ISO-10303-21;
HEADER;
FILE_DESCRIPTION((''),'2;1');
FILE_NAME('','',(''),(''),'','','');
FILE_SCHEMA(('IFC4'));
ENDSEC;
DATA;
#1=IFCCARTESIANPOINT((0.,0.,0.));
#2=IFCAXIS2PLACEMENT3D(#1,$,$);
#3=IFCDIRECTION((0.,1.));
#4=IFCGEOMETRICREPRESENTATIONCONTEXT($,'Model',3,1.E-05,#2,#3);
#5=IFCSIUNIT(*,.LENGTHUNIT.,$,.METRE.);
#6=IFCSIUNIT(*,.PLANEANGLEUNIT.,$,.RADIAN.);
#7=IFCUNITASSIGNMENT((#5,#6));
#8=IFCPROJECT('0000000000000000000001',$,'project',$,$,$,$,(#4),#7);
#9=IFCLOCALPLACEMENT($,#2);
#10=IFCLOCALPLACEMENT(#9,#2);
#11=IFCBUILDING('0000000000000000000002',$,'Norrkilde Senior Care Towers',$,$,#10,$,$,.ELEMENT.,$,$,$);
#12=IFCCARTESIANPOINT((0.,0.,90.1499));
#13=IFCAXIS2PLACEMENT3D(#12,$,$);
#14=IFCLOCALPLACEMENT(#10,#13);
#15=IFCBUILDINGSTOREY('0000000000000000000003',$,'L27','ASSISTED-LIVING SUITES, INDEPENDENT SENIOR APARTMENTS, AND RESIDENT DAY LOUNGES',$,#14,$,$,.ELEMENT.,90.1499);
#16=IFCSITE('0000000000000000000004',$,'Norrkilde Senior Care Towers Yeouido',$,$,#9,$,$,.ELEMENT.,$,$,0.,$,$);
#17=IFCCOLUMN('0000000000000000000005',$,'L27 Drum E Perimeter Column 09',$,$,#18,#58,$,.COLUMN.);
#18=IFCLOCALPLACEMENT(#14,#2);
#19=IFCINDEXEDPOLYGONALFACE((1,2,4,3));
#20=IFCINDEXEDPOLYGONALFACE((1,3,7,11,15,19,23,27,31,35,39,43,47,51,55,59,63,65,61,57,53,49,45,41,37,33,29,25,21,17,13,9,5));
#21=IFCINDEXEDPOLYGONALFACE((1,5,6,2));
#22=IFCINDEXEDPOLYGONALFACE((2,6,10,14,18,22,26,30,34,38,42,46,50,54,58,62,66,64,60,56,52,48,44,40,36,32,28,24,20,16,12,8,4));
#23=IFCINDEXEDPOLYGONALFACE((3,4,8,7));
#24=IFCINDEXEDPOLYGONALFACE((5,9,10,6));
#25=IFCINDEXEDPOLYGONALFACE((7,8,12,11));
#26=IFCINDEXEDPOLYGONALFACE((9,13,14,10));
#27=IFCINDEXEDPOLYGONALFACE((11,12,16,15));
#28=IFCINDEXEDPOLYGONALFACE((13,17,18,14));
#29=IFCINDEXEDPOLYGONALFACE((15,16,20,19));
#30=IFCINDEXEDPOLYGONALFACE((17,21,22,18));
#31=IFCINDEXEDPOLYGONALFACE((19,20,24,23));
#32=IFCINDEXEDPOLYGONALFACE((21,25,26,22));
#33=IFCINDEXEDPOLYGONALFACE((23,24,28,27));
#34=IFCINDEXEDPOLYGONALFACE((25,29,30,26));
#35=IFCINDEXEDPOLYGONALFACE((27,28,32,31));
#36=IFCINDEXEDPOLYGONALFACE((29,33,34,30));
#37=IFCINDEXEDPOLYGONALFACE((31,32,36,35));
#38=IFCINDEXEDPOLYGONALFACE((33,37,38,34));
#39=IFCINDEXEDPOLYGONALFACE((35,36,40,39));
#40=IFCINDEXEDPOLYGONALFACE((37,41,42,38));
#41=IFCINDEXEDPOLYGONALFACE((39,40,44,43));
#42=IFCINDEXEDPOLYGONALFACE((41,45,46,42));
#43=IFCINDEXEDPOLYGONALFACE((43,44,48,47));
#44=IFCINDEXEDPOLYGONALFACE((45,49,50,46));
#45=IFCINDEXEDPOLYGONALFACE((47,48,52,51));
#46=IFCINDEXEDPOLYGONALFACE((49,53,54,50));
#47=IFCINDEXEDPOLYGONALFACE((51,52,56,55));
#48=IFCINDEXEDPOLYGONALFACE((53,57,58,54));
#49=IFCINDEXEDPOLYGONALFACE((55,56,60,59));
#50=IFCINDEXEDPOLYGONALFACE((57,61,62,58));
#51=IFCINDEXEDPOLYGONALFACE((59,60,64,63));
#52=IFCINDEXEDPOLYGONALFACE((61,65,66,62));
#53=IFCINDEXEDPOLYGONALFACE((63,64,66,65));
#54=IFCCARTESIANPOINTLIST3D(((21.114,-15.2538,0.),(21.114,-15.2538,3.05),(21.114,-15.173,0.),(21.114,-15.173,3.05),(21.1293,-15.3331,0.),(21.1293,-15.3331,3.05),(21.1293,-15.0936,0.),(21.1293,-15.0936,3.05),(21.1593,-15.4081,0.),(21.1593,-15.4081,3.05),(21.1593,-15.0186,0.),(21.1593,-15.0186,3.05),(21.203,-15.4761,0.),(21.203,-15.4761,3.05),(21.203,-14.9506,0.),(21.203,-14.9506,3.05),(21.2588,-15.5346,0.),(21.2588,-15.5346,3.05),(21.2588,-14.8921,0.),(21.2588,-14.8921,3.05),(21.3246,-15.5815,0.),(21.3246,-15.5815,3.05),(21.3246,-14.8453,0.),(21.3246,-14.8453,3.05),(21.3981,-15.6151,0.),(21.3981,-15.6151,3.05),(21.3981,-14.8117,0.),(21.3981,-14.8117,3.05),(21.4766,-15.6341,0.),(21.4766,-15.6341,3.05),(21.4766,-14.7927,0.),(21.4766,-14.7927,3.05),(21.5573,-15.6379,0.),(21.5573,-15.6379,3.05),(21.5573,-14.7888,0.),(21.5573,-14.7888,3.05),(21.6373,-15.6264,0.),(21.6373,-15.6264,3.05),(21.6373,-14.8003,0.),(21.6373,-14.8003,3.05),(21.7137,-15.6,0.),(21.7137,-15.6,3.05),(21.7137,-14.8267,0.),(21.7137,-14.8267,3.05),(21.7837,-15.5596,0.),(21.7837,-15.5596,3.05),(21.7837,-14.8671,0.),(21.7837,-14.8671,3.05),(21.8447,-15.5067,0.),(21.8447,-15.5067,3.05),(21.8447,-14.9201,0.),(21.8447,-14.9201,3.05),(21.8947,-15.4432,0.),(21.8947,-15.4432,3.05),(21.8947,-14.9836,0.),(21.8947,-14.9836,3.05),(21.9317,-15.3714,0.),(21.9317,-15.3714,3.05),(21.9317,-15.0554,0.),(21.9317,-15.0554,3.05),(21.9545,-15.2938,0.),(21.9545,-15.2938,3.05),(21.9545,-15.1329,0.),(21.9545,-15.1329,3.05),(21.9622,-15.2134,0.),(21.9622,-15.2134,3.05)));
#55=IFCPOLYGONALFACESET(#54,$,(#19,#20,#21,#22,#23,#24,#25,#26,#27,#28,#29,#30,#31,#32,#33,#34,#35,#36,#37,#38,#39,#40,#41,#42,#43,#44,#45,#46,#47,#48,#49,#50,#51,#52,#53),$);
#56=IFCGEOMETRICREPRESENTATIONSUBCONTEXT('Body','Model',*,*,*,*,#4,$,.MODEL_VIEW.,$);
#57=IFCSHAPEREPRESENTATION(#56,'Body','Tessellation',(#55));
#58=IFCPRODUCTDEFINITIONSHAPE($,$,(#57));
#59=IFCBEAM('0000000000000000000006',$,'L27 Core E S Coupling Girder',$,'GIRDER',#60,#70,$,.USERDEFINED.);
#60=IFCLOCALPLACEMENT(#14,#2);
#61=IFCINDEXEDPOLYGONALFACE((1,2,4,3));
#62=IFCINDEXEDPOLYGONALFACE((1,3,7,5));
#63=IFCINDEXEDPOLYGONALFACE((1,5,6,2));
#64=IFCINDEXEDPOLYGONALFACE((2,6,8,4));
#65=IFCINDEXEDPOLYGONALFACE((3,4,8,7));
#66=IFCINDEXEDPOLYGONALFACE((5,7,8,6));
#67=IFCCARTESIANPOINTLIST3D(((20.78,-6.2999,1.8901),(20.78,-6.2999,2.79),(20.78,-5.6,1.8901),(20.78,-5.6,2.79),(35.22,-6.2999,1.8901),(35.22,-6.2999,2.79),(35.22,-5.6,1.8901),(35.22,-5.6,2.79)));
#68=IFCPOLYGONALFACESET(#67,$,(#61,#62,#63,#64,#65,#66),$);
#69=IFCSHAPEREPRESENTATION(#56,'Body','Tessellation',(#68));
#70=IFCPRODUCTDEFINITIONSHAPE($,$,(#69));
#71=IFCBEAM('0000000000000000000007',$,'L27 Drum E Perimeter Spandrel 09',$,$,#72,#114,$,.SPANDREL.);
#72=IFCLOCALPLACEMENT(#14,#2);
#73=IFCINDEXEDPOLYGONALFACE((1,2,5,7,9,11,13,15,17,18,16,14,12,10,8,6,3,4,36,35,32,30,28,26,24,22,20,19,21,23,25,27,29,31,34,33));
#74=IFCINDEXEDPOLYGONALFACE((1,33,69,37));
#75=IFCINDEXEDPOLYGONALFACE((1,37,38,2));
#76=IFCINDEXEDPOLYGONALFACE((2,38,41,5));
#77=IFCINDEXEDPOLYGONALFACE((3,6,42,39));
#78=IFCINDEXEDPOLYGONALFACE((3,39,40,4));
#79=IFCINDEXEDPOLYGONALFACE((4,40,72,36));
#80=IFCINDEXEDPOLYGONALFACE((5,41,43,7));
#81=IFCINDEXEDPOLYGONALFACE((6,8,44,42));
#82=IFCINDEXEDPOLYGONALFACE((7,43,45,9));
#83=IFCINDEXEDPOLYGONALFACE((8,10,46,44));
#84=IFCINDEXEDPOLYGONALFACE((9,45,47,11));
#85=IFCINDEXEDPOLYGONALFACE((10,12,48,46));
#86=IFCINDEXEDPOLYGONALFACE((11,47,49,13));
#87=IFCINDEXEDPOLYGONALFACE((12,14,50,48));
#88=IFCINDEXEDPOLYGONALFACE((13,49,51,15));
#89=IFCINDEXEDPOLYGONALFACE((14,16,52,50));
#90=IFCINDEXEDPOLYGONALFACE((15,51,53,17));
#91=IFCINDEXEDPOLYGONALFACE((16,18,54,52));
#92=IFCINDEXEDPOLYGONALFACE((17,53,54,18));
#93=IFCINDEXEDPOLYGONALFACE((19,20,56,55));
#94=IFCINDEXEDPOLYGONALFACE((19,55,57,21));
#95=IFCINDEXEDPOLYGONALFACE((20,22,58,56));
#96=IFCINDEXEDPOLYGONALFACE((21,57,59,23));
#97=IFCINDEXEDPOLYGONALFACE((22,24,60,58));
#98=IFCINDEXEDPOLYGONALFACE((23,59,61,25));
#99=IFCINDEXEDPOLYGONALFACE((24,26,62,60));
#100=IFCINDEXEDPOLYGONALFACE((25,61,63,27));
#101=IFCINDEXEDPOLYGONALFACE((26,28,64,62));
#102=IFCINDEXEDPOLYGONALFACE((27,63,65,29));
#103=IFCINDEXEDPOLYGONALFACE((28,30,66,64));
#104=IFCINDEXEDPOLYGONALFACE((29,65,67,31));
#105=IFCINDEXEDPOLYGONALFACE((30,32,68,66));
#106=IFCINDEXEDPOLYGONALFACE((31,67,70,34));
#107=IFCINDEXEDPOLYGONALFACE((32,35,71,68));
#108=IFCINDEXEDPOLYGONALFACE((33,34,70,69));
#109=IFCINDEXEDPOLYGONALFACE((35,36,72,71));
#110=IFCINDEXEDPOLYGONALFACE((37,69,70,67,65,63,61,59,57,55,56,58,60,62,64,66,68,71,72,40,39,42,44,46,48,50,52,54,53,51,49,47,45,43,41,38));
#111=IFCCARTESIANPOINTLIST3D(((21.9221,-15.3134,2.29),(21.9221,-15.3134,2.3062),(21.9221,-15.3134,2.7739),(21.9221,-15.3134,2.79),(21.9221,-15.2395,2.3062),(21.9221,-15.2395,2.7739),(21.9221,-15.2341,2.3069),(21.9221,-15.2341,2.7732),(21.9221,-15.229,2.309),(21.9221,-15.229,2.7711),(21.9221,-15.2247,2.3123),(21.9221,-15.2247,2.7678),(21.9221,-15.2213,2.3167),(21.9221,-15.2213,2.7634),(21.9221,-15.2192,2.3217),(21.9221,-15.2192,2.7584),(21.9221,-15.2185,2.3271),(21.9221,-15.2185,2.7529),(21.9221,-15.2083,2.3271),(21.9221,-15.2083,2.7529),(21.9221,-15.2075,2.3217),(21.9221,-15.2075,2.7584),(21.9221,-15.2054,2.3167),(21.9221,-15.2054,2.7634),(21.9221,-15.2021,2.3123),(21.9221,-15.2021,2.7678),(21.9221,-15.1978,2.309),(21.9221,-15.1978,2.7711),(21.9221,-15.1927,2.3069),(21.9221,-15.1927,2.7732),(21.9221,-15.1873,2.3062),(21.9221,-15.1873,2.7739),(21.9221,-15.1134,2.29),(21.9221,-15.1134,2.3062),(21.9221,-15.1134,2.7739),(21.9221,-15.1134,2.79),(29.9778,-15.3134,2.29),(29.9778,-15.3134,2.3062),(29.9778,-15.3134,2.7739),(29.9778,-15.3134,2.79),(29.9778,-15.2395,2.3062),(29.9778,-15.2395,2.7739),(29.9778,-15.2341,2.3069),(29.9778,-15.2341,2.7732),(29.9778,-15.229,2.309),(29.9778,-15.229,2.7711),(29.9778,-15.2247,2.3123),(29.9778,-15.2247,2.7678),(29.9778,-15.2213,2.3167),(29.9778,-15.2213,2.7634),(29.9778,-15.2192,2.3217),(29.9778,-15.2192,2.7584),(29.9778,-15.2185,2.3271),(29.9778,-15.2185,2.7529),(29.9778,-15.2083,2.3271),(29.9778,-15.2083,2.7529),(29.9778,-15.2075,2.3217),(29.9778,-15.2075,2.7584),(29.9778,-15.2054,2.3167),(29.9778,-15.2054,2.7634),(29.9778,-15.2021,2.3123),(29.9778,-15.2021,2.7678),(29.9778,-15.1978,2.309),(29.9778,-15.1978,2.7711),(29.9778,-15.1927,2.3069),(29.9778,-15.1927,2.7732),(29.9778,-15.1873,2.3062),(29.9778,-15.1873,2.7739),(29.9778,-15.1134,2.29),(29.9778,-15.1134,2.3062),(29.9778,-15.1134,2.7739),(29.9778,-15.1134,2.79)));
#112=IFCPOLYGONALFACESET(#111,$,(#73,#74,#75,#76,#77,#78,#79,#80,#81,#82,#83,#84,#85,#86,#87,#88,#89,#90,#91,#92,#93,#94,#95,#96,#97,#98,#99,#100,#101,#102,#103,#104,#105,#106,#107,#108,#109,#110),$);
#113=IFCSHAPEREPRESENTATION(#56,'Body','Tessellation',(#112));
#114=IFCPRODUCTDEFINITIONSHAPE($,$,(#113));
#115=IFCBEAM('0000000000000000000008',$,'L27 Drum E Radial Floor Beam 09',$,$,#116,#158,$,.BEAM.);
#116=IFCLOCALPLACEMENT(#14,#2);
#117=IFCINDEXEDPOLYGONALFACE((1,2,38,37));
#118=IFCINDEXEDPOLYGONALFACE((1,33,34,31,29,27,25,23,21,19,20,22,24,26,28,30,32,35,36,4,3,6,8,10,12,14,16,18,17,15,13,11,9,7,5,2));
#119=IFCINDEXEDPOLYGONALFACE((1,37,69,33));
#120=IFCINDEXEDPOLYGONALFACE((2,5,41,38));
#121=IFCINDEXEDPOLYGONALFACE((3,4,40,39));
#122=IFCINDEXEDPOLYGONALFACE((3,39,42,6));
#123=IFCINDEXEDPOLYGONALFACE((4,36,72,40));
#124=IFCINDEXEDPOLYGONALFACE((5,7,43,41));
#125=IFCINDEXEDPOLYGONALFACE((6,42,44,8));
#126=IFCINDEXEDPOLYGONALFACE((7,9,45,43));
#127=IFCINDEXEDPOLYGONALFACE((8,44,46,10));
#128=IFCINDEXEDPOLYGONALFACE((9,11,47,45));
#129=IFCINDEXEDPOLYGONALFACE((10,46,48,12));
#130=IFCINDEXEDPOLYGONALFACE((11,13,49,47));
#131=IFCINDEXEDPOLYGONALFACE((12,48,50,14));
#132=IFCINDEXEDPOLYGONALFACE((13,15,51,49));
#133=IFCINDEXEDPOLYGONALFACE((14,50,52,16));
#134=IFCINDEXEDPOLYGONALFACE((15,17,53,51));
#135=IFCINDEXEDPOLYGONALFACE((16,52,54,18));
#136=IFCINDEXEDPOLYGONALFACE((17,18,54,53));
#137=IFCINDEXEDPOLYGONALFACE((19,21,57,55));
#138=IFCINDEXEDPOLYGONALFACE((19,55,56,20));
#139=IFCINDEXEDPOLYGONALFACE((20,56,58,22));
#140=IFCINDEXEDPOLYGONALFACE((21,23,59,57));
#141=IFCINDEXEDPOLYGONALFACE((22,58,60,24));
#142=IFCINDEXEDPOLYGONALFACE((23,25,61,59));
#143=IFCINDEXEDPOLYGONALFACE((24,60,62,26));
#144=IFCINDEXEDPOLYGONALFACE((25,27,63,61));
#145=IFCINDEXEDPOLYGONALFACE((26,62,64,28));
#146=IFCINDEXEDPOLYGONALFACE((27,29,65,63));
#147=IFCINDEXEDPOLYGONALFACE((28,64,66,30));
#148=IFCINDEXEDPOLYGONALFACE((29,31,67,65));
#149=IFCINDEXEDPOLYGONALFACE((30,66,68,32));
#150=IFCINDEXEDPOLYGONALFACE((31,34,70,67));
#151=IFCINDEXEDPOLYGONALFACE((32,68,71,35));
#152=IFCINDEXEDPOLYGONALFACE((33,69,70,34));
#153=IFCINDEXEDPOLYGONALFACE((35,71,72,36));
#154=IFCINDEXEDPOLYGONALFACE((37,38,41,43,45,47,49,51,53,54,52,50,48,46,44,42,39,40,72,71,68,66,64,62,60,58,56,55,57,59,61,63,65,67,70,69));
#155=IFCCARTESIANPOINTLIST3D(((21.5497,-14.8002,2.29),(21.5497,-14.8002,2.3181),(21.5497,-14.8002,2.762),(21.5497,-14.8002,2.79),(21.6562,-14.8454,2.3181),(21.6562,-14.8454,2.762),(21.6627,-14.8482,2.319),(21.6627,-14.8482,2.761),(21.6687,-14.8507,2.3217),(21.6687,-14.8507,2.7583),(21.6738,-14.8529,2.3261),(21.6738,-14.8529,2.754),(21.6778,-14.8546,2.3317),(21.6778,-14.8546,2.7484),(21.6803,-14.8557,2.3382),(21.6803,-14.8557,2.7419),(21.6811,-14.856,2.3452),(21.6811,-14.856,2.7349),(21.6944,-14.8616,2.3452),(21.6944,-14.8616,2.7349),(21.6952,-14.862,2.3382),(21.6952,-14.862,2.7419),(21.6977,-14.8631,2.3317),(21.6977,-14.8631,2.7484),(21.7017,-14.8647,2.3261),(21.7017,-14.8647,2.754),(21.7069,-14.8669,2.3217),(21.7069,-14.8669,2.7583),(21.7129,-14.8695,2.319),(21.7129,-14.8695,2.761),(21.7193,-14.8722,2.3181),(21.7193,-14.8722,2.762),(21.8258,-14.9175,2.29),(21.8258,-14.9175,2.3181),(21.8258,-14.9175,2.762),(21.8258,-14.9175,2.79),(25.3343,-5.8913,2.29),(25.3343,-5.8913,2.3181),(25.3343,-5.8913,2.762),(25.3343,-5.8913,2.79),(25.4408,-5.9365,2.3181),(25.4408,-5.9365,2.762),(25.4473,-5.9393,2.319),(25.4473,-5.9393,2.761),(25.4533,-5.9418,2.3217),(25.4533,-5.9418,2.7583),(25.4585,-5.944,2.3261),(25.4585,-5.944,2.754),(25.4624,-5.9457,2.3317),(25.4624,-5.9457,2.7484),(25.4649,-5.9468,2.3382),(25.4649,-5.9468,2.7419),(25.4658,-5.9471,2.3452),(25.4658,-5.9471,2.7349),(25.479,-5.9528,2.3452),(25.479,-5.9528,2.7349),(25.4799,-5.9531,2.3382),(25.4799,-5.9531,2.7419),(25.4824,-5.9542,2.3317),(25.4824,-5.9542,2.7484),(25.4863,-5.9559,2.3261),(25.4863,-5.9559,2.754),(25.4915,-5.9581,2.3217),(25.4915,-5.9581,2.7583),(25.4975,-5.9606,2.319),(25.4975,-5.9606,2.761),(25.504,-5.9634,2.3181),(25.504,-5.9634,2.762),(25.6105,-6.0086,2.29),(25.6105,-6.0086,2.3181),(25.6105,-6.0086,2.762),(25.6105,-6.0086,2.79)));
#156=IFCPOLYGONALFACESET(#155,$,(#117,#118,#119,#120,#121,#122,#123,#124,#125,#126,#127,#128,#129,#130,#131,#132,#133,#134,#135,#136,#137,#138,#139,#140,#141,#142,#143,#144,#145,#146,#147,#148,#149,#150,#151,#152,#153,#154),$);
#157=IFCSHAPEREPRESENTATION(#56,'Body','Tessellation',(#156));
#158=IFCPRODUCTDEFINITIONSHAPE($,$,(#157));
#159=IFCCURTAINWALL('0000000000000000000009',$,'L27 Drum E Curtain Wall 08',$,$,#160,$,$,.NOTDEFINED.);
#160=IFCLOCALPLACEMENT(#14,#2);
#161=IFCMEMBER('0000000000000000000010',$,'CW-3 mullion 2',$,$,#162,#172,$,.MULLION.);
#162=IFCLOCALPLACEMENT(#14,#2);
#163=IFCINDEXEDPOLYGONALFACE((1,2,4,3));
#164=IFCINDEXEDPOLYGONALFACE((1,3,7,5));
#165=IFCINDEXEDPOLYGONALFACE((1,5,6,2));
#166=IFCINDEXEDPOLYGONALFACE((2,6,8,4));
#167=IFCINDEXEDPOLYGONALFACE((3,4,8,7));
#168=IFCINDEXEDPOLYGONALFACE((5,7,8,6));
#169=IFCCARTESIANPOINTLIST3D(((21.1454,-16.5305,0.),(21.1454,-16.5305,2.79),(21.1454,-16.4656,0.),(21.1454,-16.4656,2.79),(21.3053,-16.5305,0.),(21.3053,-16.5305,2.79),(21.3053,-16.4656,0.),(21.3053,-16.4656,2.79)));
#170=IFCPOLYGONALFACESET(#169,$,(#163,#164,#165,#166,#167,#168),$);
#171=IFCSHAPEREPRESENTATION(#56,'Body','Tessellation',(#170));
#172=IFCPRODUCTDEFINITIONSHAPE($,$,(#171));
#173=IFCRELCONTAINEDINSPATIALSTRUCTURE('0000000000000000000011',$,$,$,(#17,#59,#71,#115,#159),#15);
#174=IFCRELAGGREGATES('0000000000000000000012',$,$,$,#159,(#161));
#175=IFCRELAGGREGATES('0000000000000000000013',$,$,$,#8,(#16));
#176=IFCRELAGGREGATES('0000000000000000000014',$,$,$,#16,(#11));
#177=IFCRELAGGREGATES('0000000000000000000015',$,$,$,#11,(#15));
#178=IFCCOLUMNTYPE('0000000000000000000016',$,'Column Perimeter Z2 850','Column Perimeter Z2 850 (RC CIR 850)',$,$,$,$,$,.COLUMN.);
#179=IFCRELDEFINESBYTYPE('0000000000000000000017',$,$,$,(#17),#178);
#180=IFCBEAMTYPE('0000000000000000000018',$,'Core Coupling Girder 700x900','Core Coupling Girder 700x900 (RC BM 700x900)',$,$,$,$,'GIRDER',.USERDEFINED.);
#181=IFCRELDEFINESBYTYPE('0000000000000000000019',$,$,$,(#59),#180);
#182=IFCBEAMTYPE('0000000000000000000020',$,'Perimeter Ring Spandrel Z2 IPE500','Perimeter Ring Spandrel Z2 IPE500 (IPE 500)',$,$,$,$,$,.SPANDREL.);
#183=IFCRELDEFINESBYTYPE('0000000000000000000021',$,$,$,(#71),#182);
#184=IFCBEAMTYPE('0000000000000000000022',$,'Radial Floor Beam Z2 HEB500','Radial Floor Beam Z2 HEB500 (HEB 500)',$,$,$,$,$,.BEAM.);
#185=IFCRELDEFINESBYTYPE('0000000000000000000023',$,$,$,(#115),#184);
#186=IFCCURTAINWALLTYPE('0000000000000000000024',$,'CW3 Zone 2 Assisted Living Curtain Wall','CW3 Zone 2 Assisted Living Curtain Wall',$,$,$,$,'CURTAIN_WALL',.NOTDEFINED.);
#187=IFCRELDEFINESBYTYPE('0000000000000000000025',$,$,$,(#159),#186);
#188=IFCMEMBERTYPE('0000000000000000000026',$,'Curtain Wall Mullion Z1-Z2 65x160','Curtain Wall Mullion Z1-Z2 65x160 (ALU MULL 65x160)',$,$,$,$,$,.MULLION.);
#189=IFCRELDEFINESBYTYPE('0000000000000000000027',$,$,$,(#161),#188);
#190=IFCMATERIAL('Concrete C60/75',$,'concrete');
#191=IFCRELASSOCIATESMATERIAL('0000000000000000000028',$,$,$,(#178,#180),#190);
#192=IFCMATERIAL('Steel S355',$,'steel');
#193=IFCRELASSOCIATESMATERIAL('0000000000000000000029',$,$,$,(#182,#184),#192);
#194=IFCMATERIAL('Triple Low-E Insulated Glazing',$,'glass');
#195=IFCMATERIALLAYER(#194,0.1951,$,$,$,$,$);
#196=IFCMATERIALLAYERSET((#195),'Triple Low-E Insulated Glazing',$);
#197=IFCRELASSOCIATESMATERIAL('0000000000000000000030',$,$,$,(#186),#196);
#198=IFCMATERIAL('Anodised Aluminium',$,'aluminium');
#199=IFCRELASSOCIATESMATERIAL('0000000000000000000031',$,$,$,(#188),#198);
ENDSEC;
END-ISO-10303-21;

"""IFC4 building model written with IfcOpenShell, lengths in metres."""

from ifc_helpers import new_model, si_unit, direction, frame, origin, origin_2d, place, context, subcontext, project, spatial, rectangle, circle, i_section, extrude, source, transform, mapped, material, layer, layer_set, material_profile, profile_set, type_object, type_shapes, element, aggregate, save


model = new_model("IFC4")

# Units and contexts
model_context = context("Model", 3, precision=1e-05, world=origin(), true_north=direction((0.0, 1.0)))
body_context = subcontext(model_context, "Body", "Model", "MODEL_VIEW")
ifc_project = project(units=[si_unit("LENGTHUNIT", "METRE"), si_unit("PLANEANGLEUNIT", "RADIAN")], contexts=[model_context])

# Site, building, storey
site_placement = place(None, origin())
site = spatial("IfcSite", under=ifc_project, at=site_placement, Name="Norrkilde Senior Care Towers Yeouido", CompositionType="ELEMENT", RefElevation=0.0)
building_placement = place(site_placement, origin())
building = spatial("IfcBuilding", under=site, at=building_placement, Name="Norrkilde Senior Care Towers", CompositionType="ELEMENT")
storey_placement = place(building_placement, frame((0.0, 0.0, 90.1499)))
storey = spatial("IfcBuildingStorey", under=building, at=storey_placement, Name="L27", Description="ASSISTED-LIVING SUITES, INDEPENDENT SENIOR APARTMENTS, AND RESIDENT DAY LOUNGES", CompositionType="ELEMENT", Elevation=90.1499)

# Column
ifc_material_1 = material(Name="Concrete C60/75", Category="concrete")
ifc_material_profile_1 = material_profile(ifc_material_1, circle(Radius=0.425, at=origin_2d()), Name="RC CIR 850")
ifc_profile_set_1 = profile_set([ifc_material_profile_1], Name="Concrete C60/75")
column_type = type_object("IfcColumnType", Name="Column Perimeter Z2 850", Description="Column Perimeter Z2 850 (RC CIR 850)", PredefinedType="COLUMN", material=ifc_profile_set_1)
shared_shape_1 = source(origin(), body_context, "Body", "SweptSolid", [
    extrude(circle(Radius=0.425, at=origin_2d()), origin(), (0.0, 0.0, 1.0), 3.05),
])
type_shapes(column_type, [shared_shape_1])
column_placement = place(storey_placement, frame((21.5371, -15.2134, 0.0), z_axis=(0.0, 0.0, 1.0), x_axis=(1.0, 0.0, 0.0)))
element("IfcColumn", 1, at=column_placement, inside=storey, type_object=column_type, Name="L27 Drum E Perimeter Column 09", PredefinedType="COLUMN", context=body_context, shape_type="MappedRepresentation", body=[
    mapped(shared_shape_1, transform((0.0, 0.0, 0.0), x_axis=(1.0, 0.0, 0.0), y_axis=(0.0, 1.0, 0.0), z_axis=(0.0, 0.0, 1.0), scale=1.0)),
])

# Beams
ifc_material_profile_2 = material_profile(ifc_material_1, rectangle(XDim=0.7, YDim=0.8999, at=origin_2d()), Name="RC BM 700x900")
ifc_profile_set_2 = profile_set([ifc_material_profile_2], Name="Concrete C60/75")
beam_type_1 = type_object("IfcBeamType", Name="Core Coupling Girder 700x900", Description="Core Coupling Girder 700x900 (RC BM 700x900)", ElementType="GIRDER", PredefinedType="USERDEFINED", material=ifc_profile_set_2)
shared_shape_2 = source(origin(), body_context, "Body", "SweptSolid", [
    extrude(rectangle(XDim=0.7, YDim=0.8999, at=origin_2d()), origin(), (0.0, 0.0, 1.0), 14.4399),
])
type_shapes(beam_type_1, [shared_shape_2])
beam_1_placement = place(storey_placement, frame((20.78, -5.95, 2.3401), z_axis=(1.0, 0.0, 0.0), x_axis=(0.0, 1.0, 0.0)))
element("IfcBeam", 2, at=beam_1_placement, inside=storey, type_object=beam_type_1, Name="L27 Core E S Coupling Girder", ObjectType="GIRDER", PredefinedType="USERDEFINED", context=body_context, shape_type="MappedRepresentation", body=[
    mapped(shared_shape_2, transform((0.0, 0.0, 0.0), x_axis=(1.0, 0.0, 0.0), y_axis=(0.0, 1.0, 0.0), z_axis=(0.0, 0.0, 1.0), scale=1.0)),
])
ifc_material_2 = material(Name="Steel S355", Category="steel")
ifc_material_profile_3 = material_profile(ifc_material_2, i_section(OverallWidth=0.2, OverallDepth=0.5, WebThickness=0.0103, FlangeThickness=0.0161, FilletRadius=0.021, at=origin_2d()), Name="IPE 500")
ifc_profile_set_3 = profile_set([ifc_material_profile_3], Name="Steel S355")
beam_type_2 = type_object("IfcBeamType", Name="Perimeter Ring Spandrel Z2 IPE500", Description="Perimeter Ring Spandrel Z2 IPE500 (IPE 500)", PredefinedType="SPANDREL", material=ifc_profile_set_3)
shared_shape_3 = source(origin(), body_context, "Body", "SweptSolid", [
    extrude(i_section(OverallWidth=0.2, OverallDepth=0.5, WebThickness=0.0103, FlangeThickness=0.0161, FilletRadius=0.021, at=origin_2d()), origin(), (0.0, 0.0, 1.0), 8.0557),
])
type_shapes(beam_type_2, [shared_shape_3])
beam_2_placement = place(storey_placement, frame((21.9221, -15.2134, 2.54), z_axis=(1.0, 0.0, 0.0), x_axis=(0.0, 1.0, 0.0)))
element("IfcBeam", 3, at=beam_2_placement, inside=storey, type_object=beam_type_2, Name="L27 Drum E Perimeter Spandrel 09", PredefinedType="SPANDREL", context=body_context, shape_type="MappedRepresentation", body=[
    mapped(shared_shape_3, transform((0.0, 0.0, 0.0), x_axis=(1.0, 0.0, 0.0), y_axis=(0.0, 1.0, 0.0), z_axis=(0.0, 0.0, 1.0), scale=1.0)),
])
ifc_material_profile_4 = material_profile(ifc_material_2, i_section(OverallWidth=0.3, OverallDepth=0.5, WebThickness=0.0144, FlangeThickness=0.0281, FilletRadius=0.0271, at=origin_2d()), Name="HEB 500")
ifc_profile_set_4 = profile_set([ifc_material_profile_4], Name="Steel S355")
beam_type_3 = type_object("IfcBeamType", Name="Radial Floor Beam Z2 HEB500", Description="Radial Floor Beam Z2 HEB500 (HEB 500)", PredefinedType="BEAM", material=ifc_profile_set_4)
shared_shape_4 = source(origin(), body_context, "Body", "SweptSolid", [
    extrude(i_section(OverallWidth=0.3, OverallDepth=0.5, WebThickness=0.0144, FlangeThickness=0.0281, FilletRadius=0.0271, at=origin_2d()), origin(), (0.0, 0.0, 1.0), 9.6794),
])
type_shapes(beam_type_3, [shared_shape_4])
beam_3_placement = place(storey_placement, frame((25.4724, -5.95, 2.54), z_axis=(-0.390998, -0.920392, 0.0), x_axis=(0.920392, -0.390998, 0.0)))
element("IfcBeam", 4, at=beam_3_placement, inside=storey, type_object=beam_type_3, Name="L27 Drum E Radial Floor Beam 09", PredefinedType="BEAM", context=body_context, shape_type="MappedRepresentation", body=[
    mapped(shared_shape_4, transform((0.0, 0.0, 0.0), x_axis=(1.0, 0.0, 0.0), y_axis=(0.0, 1.0, 0.0), z_axis=(0.0, 0.0, 1.0), scale=1.0)),
])

# Curtain wall, member
ifc_material_3 = material(Name="Triple Low-E Insulated Glazing", Category="glass")
ifc_layer_1 = layer(ifc_material_3, 0.1951)
ifc_layer_set_1 = layer_set([ifc_layer_1], Name="Triple Low-E Insulated Glazing")
curtain_wall_type = type_object("IfcCurtainWallType", Name="CW3 Zone 2 Assisted Living Curtain Wall", Description="CW3 Zone 2 Assisted Living Curtain Wall", ElementType="CURTAIN_WALL", PredefinedType="NOTDEFINED", material=ifc_layer_set_1)
curtain_wall_placement = place(storey_placement, origin())
curtain_wall = element("IfcCurtainWall", 5, at=curtain_wall_placement, inside=storey, type_object=curtain_wall_type, Name="L27 Drum E Curtain Wall 08", PredefinedType="NOTDEFINED")
ifc_material_4 = material(Name="Anodised Aluminium", Category="aluminium")
ifc_material_profile_5 = material_profile(ifc_material_4, rectangle(XDim=0.0649, YDim=0.1599, at=origin_2d()), Name="ALU MULL 65x160")
ifc_profile_set_5 = profile_set([ifc_material_profile_5], Name="Anodised Aluminium")
member_type = type_object("IfcMemberType", Name="Curtain Wall Mullion Z1-Z2 65x160", Description="Curtain Wall Mullion Z1-Z2 65x160 (ALU MULL 65x160)", PredefinedType="MULLION", material=ifc_profile_set_5)
shared_shape_5 = source(origin(), body_context, "Body", "SweptSolid", [
    extrude(rectangle(XDim=0.0649, YDim=0.1599, at=origin_2d()), origin(), (0.0, 0.0, 1.0), 2.79),
])
type_shapes(member_type, [shared_shape_5])
member_placement = place(storey_placement, frame((21.2253, -16.498, 0.0), z_axis=(0.0, 0.0, 1.0), x_axis=(0.0, -1.0, 0.0)))
member = element("IfcMember", 6, at=member_placement, type_object=member_type, Name="CW-3 mullion 2", PredefinedType="MULLION", context=body_context, shape_type="MappedRepresentation", body=[
    mapped(shared_shape_5, transform((0.0, 0.0, 0.0), x_axis=(1.0, 0.0, 0.0), y_axis=(0.0, 1.0, 0.0), z_axis=(0.0, 0.0, 1.0), scale=1.0)),
])
aggregate(curtain_wall, [member])

save(model, "model.ifc")
